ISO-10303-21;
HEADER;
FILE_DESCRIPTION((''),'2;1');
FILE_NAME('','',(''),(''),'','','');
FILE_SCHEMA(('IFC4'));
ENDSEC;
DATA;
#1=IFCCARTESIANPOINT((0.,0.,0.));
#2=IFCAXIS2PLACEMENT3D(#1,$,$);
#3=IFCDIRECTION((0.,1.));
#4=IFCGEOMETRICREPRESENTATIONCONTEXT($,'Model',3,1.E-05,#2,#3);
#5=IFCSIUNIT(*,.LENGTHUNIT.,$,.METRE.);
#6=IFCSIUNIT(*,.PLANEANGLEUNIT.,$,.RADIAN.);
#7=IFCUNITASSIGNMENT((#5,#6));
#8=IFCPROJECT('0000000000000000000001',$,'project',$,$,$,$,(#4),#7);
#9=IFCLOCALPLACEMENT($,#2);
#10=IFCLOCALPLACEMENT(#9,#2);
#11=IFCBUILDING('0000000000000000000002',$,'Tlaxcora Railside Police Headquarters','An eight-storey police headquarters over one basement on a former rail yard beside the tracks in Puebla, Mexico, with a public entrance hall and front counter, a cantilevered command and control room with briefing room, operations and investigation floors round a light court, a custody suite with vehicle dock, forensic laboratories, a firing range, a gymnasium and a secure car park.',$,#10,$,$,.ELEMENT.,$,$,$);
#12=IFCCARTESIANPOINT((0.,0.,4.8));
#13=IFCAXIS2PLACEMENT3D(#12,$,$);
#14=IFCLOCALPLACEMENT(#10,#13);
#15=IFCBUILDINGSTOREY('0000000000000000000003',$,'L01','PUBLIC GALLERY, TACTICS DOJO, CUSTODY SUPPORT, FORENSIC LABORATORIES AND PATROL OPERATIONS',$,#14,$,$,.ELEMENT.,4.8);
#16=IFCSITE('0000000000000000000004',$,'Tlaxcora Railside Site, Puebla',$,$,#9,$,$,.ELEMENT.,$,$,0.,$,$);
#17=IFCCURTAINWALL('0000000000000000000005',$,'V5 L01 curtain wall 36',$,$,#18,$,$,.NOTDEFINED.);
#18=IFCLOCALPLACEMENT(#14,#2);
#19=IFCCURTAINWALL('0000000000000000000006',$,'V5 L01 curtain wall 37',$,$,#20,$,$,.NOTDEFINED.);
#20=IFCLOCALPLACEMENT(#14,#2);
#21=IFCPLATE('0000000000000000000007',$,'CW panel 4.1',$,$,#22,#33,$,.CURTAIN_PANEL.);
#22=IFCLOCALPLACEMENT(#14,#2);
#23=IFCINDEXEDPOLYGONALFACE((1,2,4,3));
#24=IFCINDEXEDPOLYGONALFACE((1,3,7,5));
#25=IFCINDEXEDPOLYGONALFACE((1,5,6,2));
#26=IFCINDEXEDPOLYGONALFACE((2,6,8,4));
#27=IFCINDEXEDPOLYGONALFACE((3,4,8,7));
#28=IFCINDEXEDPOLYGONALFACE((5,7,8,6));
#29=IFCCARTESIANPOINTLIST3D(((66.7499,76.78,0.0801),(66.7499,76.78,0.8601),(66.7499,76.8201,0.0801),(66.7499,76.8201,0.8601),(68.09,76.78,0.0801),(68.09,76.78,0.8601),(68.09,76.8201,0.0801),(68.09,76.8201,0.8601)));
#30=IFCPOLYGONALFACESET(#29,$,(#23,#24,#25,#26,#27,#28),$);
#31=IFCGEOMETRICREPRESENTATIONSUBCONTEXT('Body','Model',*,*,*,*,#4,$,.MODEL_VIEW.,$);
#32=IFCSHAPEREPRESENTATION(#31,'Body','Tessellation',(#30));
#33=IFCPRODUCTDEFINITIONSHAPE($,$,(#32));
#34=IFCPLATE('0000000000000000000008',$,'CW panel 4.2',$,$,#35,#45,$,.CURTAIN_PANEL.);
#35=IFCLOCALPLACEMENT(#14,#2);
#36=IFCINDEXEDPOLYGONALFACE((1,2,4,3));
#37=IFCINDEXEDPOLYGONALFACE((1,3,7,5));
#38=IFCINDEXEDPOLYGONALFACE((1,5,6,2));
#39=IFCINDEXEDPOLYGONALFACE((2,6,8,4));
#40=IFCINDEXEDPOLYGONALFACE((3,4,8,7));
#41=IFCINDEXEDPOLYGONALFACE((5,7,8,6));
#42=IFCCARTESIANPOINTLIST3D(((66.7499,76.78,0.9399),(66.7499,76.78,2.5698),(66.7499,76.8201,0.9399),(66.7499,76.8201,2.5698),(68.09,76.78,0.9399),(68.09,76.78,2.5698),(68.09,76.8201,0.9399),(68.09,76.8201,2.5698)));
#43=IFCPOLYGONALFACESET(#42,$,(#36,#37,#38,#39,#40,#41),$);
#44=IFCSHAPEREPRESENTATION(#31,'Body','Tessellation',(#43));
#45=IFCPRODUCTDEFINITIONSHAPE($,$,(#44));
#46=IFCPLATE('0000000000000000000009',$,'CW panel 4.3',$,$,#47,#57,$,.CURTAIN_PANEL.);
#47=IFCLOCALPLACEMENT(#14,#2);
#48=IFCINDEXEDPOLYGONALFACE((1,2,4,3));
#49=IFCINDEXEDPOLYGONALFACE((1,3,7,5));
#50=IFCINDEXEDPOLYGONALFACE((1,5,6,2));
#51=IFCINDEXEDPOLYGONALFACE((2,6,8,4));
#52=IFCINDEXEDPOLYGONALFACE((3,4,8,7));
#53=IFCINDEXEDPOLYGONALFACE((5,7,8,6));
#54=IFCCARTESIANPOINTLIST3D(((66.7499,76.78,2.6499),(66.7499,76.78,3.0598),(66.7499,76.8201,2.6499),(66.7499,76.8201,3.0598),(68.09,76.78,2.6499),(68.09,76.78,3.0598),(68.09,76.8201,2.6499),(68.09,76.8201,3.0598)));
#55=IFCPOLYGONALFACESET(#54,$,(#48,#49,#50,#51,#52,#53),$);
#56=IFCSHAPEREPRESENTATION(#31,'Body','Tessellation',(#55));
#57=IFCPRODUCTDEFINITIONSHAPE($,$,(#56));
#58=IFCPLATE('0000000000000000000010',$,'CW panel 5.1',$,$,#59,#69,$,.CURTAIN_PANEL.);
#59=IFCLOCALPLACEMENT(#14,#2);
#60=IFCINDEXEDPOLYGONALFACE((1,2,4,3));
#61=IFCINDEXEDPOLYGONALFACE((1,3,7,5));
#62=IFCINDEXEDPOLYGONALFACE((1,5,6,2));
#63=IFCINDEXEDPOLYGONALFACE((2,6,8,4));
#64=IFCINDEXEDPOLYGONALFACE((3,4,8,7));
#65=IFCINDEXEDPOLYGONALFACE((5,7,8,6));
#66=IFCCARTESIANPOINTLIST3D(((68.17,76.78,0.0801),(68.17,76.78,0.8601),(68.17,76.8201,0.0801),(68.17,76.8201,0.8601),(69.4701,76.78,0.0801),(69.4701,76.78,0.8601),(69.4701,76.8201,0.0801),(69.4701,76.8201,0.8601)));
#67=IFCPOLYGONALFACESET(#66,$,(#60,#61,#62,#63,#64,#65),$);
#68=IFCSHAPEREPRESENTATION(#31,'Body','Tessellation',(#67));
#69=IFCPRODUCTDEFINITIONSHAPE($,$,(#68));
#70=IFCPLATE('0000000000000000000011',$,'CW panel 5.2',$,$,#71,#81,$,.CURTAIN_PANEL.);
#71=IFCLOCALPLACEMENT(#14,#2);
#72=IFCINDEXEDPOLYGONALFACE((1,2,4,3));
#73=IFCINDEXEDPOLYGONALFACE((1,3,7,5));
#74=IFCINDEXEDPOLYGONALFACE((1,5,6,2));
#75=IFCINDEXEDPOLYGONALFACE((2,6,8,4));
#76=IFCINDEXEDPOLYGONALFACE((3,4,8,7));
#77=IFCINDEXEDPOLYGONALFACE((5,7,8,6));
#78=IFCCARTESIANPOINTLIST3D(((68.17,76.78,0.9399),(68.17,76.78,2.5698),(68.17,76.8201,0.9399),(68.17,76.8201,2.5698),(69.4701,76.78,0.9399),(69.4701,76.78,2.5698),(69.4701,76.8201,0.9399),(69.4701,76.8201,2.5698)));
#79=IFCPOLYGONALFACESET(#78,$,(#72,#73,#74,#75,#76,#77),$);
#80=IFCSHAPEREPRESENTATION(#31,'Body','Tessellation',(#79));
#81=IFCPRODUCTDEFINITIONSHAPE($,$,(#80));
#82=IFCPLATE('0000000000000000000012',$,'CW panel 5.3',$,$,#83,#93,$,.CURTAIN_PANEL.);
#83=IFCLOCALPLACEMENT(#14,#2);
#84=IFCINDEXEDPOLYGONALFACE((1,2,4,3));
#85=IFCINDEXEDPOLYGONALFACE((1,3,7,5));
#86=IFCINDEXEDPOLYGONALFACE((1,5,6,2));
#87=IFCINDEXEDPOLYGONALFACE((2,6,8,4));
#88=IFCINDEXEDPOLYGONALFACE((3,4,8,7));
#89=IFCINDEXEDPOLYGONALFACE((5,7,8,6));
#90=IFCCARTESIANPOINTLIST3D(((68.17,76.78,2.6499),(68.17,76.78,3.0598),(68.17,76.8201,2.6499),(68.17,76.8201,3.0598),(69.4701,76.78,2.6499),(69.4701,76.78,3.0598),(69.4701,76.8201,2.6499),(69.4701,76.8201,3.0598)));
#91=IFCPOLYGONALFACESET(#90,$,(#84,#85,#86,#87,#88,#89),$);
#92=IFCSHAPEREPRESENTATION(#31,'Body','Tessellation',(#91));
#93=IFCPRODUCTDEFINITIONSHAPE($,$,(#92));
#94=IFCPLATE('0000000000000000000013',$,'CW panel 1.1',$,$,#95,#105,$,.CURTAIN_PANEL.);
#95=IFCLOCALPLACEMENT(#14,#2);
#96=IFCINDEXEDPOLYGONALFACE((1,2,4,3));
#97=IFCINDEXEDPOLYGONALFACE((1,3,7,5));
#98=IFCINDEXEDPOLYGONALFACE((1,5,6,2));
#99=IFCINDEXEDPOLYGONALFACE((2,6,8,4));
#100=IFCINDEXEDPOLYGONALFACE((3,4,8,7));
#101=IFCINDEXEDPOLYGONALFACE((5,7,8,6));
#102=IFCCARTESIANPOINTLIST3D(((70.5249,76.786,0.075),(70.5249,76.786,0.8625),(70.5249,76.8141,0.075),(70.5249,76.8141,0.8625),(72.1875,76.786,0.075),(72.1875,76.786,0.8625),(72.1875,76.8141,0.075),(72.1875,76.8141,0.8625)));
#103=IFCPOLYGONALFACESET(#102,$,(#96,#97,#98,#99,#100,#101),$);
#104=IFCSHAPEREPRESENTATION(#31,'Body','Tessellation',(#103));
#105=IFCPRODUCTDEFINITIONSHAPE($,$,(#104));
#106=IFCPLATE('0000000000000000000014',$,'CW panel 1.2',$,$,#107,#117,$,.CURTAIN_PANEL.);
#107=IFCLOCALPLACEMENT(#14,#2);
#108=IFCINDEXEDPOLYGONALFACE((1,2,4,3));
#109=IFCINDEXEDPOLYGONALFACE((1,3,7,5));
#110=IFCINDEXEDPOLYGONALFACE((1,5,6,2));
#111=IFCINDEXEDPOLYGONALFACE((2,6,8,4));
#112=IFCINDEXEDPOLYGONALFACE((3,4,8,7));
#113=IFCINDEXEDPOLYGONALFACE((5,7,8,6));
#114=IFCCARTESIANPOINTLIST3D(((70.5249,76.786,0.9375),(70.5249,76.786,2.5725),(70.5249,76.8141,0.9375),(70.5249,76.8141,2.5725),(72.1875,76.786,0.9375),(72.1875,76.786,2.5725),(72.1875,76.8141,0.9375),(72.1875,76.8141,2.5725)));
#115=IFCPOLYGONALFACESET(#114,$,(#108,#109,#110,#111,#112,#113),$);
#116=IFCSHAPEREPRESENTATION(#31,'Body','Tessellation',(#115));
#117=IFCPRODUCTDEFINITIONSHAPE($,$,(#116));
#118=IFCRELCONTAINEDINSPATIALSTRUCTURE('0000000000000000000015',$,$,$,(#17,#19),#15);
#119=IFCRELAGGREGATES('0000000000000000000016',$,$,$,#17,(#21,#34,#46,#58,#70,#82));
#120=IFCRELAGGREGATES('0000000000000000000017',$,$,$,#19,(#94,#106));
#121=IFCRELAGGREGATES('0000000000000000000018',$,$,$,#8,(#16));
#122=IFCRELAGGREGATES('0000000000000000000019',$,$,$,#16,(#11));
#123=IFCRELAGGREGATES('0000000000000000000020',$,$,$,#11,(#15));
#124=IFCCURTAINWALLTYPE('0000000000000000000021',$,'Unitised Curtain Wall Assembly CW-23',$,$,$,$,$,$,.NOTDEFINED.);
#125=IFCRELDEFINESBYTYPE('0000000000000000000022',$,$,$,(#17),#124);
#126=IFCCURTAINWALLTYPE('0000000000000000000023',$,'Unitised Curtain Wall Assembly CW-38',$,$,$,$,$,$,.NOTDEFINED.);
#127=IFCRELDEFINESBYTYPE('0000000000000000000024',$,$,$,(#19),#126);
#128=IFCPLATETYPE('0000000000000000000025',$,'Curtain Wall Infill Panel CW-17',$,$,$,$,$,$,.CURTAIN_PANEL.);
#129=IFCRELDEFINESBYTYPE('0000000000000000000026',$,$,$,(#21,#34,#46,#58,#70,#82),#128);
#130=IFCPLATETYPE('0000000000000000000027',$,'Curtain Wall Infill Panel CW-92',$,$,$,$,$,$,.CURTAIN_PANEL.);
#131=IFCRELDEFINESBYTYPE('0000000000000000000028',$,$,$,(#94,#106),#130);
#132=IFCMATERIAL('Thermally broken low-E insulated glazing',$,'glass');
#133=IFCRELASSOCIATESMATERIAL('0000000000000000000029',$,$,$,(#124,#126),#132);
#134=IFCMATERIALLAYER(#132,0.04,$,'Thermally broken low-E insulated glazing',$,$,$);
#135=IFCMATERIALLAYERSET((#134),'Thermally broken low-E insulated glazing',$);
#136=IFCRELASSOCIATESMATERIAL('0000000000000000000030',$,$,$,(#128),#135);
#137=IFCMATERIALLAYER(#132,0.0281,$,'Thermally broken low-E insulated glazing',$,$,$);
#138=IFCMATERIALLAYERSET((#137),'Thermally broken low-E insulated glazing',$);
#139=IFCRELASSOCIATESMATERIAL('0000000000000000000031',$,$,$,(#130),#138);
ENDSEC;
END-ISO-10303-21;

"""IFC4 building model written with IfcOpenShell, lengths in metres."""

from ifc_helpers import new_model, si_unit, direction, frame, origin, origin_2d, place, context, subcontext, project, spatial, rectangle, extrude, material, layer, layer_set, type_object, element, aggregate, save


model = new_model("IFC4")

# Units and contexts
model_context = context("Model", 3, precision=1e-05, world=origin(), true_north=direction((0.0, 1.0)))
body_context = subcontext(model_context, "Body", "Model", "MODEL_VIEW")
ifc_project = project(units=[si_unit("LENGTHUNIT", "METRE"), si_unit("PLANEANGLEUNIT", "RADIAN")], contexts=[model_context])

# Site, building, storey
site_placement = place(None, origin())
site = spatial("IfcSite", under=ifc_project, at=site_placement, Name="Tlaxcora Railside Site, Puebla", CompositionType="ELEMENT", RefElevation=0.0)
building_placement = place(site_placement, origin())
building = spatial("IfcBuilding", under=site, at=building_placement, Name="Tlaxcora Railside Police Headquarters", Description="An eight-storey police headquarters over one basement on a former rail yard beside the tracks in Puebla, Mexico, with a public entrance hall and front counter, a cantilevered command and control room with briefing room, operations and investigation floors round a light court, a custody suite with vehicle dock, forensic laboratories, a firing range, a gymnasium and a secure car park.", CompositionType="ELEMENT")
storey_placement = place(building_placement, frame((0.0, 0.0, 4.8)))
storey = spatial("IfcBuildingStorey", under=building, at=storey_placement, Name="L01", Description="PUBLIC GALLERY, TACTICS DOJO, CUSTODY SUPPORT, FORENSIC LABORATORIES AND PATROL OPERATIONS", CompositionType="ELEMENT", Elevation=4.8)

# Curtain walls
ifc_material_1 = material(Name="Thermally broken low-E insulated glazing", Category="glass")
curtain_wall_type_1 = type_object("IfcCurtainWallType", Name="Unitised Curtain Wall Assembly CW-23", PredefinedType="NOTDEFINED", material=ifc_material_1)
curtain_wall_1_placement = place(storey_placement, origin())
curtain_wall_1 = element("IfcCurtainWall", 1, at=curtain_wall_1_placement, inside=storey, type_object=curtain_wall_type_1, Name="V5 L01 curtain wall 36", PredefinedType="NOTDEFINED")
curtain_wall_type_2 = type_object("IfcCurtainWallType", Name="Unitised Curtain Wall Assembly CW-38", PredefinedType="NOTDEFINED", material=ifc_material_1)
curtain_wall_2_placement = place(storey_placement, origin())
curtain_wall_2 = element("IfcCurtainWall", 2, at=curtain_wall_2_placement, inside=storey, type_object=curtain_wall_type_2, Name="V5 L01 curtain wall 37", PredefinedType="NOTDEFINED")

# Plates
ifc_layer_1 = layer(ifc_material_1, 0.04, Name="Thermally broken low-E insulated glazing")
ifc_layer_set_1 = layer_set([ifc_layer_1], Name="Thermally broken low-E insulated glazing")
plate_type_1 = type_object("IfcPlateType", Name="Curtain Wall Infill Panel CW-17", PredefinedType="CURTAIN_PANEL", material=ifc_layer_set_1)
plate_1_placement = place(storey_placement, frame((67.4199, 76.8, 0.0801), z_axis=(0.0, 0.0, 1.0), x_axis=(1.0, 0.0, 0.0)))
plate_1 = element("IfcPlate", 3, at=plate_1_placement, type_object=plate_type_1, Name="CW panel 4.1", PredefinedType="CURTAIN_PANEL", context=body_context, shape_type="SweptSolid", body=[
    extrude(rectangle(XDim=1.3401, YDim=0.04, at=origin_2d()), origin(), (0.0, 0.0, 1.0), 0.78),
])
plate_2_placement = place(storey_placement, frame((67.4199, 76.8, 0.9399), z_axis=(0.0, 0.0, 1.0), x_axis=(1.0, 0.0, 0.0)))
plate_2 = element("IfcPlate", 4, at=plate_2_placement, type_object=plate_type_1, Name="CW panel 4.2", PredefinedType="CURTAIN_PANEL", context=body_context, shape_type="SweptSolid", body=[
    extrude(rectangle(XDim=1.3401, YDim=0.04, at=origin_2d()), origin(), (0.0, 0.0, 1.0), 1.6299),
])
plate_3_placement = place(storey_placement, frame((67.4199, 76.8, 2.6499), z_axis=(0.0, 0.0, 1.0), x_axis=(1.0, 0.0, 0.0)))
plate_3 = element("IfcPlate", 5, at=plate_3_placement, type_object=plate_type_1, Name="CW panel 4.3", PredefinedType="CURTAIN_PANEL", context=body_context, shape_type="SweptSolid", body=[
    extrude(rectangle(XDim=1.3401, YDim=0.04, at=origin_2d()), origin(), (0.0, 0.0, 1.0), 0.4099),
])
plate_4_placement = place(storey_placement, frame((68.8201, 76.8, 0.0801), z_axis=(0.0, 0.0, 1.0), x_axis=(1.0, 0.0, 0.0)))
plate_4 = element("IfcPlate", 6, at=plate_4_placement, type_object=plate_type_1, Name="CW panel 5.1", PredefinedType="CURTAIN_PANEL", context=body_context, shape_type="SweptSolid", body=[
    extrude(rectangle(XDim=1.3, YDim=0.04, at=origin_2d()), origin(), (0.0, 0.0, 1.0), 0.78),
])
plate_5_placement = place(storey_placement, frame((68.8201, 76.8, 0.9399), z_axis=(0.0, 0.0, 1.0), x_axis=(1.0, 0.0, 0.0)))
plate_5 = element("IfcPlate", 7, at=plate_5_placement, type_object=plate_type_1, Name="CW panel 5.2", PredefinedType="CURTAIN_PANEL", context=body_context, shape_type="SweptSolid", body=[
    extrude(rectangle(XDim=1.3, YDim=0.04, at=origin_2d()), origin(), (0.0, 0.0, 1.0), 1.6299),
])
plate_6_placement = place(storey_placement, frame((68.8201, 76.8, 2.6499), z_axis=(0.0, 0.0, 1.0), x_axis=(1.0, 0.0, 0.0)))
plate_6 = element("IfcPlate", 8, at=plate_6_placement, type_object=plate_type_1, Name="CW panel 5.3", PredefinedType="CURTAIN_PANEL", context=body_context, shape_type="SweptSolid", body=[
    extrude(rectangle(XDim=1.3, YDim=0.04, at=origin_2d()), origin(), (0.0, 0.0, 1.0), 0.4099),
])
aggregate(curtain_wall_1, [plate_1, plate_2, plate_3, plate_4, plate_5, plate_6])
ifc_layer_2 = layer(ifc_material_1, 0.0281, Name="Thermally broken low-E insulated glazing")
ifc_layer_set_2 = layer_set([ifc_layer_2], Name="Thermally broken low-E insulated glazing")
plate_type_2 = type_object("IfcPlateType", Name="Curtain Wall Infill Panel CW-92", PredefinedType="CURTAIN_PANEL", material=ifc_layer_set_2)
plate_7_placement = place(storey_placement, frame((71.3562, 76.8, 0.075), z_axis=(0.0, 0.0, 1.0), x_axis=(1.0, 0.0, 0.0)))
plate_7 = element("IfcPlate", 9, at=plate_7_placement, type_object=plate_type_2, Name="CW panel 1.1", PredefinedType="CURTAIN_PANEL", context=body_context, shape_type="SweptSolid", body=[
    extrude(rectangle(XDim=1.6626, YDim=0.0281, at=origin_2d()), origin(), (0.0, 0.0, 1.0), 0.7876),
])
plate_8_placement = place(storey_placement, frame((71.3562, 76.8, 0.9375), z_axis=(0.0, 0.0, 1.0), x_axis=(1.0, 0.0, 0.0)))
plate_8 = element("IfcPlate", 10, at=plate_8_placement, type_object=plate_type_2, Name="CW panel 1.2", PredefinedType="CURTAIN_PANEL", context=body_context, shape_type="SweptSolid", body=[
    extrude(rectangle(XDim=1.6626, YDim=0.0281, at=origin_2d()), origin(), (0.0, 0.0, 1.0), 1.635),
])
aggregate(curtain_wall_2, [plate_7, plate_8])

save(model, "model.ifc")
